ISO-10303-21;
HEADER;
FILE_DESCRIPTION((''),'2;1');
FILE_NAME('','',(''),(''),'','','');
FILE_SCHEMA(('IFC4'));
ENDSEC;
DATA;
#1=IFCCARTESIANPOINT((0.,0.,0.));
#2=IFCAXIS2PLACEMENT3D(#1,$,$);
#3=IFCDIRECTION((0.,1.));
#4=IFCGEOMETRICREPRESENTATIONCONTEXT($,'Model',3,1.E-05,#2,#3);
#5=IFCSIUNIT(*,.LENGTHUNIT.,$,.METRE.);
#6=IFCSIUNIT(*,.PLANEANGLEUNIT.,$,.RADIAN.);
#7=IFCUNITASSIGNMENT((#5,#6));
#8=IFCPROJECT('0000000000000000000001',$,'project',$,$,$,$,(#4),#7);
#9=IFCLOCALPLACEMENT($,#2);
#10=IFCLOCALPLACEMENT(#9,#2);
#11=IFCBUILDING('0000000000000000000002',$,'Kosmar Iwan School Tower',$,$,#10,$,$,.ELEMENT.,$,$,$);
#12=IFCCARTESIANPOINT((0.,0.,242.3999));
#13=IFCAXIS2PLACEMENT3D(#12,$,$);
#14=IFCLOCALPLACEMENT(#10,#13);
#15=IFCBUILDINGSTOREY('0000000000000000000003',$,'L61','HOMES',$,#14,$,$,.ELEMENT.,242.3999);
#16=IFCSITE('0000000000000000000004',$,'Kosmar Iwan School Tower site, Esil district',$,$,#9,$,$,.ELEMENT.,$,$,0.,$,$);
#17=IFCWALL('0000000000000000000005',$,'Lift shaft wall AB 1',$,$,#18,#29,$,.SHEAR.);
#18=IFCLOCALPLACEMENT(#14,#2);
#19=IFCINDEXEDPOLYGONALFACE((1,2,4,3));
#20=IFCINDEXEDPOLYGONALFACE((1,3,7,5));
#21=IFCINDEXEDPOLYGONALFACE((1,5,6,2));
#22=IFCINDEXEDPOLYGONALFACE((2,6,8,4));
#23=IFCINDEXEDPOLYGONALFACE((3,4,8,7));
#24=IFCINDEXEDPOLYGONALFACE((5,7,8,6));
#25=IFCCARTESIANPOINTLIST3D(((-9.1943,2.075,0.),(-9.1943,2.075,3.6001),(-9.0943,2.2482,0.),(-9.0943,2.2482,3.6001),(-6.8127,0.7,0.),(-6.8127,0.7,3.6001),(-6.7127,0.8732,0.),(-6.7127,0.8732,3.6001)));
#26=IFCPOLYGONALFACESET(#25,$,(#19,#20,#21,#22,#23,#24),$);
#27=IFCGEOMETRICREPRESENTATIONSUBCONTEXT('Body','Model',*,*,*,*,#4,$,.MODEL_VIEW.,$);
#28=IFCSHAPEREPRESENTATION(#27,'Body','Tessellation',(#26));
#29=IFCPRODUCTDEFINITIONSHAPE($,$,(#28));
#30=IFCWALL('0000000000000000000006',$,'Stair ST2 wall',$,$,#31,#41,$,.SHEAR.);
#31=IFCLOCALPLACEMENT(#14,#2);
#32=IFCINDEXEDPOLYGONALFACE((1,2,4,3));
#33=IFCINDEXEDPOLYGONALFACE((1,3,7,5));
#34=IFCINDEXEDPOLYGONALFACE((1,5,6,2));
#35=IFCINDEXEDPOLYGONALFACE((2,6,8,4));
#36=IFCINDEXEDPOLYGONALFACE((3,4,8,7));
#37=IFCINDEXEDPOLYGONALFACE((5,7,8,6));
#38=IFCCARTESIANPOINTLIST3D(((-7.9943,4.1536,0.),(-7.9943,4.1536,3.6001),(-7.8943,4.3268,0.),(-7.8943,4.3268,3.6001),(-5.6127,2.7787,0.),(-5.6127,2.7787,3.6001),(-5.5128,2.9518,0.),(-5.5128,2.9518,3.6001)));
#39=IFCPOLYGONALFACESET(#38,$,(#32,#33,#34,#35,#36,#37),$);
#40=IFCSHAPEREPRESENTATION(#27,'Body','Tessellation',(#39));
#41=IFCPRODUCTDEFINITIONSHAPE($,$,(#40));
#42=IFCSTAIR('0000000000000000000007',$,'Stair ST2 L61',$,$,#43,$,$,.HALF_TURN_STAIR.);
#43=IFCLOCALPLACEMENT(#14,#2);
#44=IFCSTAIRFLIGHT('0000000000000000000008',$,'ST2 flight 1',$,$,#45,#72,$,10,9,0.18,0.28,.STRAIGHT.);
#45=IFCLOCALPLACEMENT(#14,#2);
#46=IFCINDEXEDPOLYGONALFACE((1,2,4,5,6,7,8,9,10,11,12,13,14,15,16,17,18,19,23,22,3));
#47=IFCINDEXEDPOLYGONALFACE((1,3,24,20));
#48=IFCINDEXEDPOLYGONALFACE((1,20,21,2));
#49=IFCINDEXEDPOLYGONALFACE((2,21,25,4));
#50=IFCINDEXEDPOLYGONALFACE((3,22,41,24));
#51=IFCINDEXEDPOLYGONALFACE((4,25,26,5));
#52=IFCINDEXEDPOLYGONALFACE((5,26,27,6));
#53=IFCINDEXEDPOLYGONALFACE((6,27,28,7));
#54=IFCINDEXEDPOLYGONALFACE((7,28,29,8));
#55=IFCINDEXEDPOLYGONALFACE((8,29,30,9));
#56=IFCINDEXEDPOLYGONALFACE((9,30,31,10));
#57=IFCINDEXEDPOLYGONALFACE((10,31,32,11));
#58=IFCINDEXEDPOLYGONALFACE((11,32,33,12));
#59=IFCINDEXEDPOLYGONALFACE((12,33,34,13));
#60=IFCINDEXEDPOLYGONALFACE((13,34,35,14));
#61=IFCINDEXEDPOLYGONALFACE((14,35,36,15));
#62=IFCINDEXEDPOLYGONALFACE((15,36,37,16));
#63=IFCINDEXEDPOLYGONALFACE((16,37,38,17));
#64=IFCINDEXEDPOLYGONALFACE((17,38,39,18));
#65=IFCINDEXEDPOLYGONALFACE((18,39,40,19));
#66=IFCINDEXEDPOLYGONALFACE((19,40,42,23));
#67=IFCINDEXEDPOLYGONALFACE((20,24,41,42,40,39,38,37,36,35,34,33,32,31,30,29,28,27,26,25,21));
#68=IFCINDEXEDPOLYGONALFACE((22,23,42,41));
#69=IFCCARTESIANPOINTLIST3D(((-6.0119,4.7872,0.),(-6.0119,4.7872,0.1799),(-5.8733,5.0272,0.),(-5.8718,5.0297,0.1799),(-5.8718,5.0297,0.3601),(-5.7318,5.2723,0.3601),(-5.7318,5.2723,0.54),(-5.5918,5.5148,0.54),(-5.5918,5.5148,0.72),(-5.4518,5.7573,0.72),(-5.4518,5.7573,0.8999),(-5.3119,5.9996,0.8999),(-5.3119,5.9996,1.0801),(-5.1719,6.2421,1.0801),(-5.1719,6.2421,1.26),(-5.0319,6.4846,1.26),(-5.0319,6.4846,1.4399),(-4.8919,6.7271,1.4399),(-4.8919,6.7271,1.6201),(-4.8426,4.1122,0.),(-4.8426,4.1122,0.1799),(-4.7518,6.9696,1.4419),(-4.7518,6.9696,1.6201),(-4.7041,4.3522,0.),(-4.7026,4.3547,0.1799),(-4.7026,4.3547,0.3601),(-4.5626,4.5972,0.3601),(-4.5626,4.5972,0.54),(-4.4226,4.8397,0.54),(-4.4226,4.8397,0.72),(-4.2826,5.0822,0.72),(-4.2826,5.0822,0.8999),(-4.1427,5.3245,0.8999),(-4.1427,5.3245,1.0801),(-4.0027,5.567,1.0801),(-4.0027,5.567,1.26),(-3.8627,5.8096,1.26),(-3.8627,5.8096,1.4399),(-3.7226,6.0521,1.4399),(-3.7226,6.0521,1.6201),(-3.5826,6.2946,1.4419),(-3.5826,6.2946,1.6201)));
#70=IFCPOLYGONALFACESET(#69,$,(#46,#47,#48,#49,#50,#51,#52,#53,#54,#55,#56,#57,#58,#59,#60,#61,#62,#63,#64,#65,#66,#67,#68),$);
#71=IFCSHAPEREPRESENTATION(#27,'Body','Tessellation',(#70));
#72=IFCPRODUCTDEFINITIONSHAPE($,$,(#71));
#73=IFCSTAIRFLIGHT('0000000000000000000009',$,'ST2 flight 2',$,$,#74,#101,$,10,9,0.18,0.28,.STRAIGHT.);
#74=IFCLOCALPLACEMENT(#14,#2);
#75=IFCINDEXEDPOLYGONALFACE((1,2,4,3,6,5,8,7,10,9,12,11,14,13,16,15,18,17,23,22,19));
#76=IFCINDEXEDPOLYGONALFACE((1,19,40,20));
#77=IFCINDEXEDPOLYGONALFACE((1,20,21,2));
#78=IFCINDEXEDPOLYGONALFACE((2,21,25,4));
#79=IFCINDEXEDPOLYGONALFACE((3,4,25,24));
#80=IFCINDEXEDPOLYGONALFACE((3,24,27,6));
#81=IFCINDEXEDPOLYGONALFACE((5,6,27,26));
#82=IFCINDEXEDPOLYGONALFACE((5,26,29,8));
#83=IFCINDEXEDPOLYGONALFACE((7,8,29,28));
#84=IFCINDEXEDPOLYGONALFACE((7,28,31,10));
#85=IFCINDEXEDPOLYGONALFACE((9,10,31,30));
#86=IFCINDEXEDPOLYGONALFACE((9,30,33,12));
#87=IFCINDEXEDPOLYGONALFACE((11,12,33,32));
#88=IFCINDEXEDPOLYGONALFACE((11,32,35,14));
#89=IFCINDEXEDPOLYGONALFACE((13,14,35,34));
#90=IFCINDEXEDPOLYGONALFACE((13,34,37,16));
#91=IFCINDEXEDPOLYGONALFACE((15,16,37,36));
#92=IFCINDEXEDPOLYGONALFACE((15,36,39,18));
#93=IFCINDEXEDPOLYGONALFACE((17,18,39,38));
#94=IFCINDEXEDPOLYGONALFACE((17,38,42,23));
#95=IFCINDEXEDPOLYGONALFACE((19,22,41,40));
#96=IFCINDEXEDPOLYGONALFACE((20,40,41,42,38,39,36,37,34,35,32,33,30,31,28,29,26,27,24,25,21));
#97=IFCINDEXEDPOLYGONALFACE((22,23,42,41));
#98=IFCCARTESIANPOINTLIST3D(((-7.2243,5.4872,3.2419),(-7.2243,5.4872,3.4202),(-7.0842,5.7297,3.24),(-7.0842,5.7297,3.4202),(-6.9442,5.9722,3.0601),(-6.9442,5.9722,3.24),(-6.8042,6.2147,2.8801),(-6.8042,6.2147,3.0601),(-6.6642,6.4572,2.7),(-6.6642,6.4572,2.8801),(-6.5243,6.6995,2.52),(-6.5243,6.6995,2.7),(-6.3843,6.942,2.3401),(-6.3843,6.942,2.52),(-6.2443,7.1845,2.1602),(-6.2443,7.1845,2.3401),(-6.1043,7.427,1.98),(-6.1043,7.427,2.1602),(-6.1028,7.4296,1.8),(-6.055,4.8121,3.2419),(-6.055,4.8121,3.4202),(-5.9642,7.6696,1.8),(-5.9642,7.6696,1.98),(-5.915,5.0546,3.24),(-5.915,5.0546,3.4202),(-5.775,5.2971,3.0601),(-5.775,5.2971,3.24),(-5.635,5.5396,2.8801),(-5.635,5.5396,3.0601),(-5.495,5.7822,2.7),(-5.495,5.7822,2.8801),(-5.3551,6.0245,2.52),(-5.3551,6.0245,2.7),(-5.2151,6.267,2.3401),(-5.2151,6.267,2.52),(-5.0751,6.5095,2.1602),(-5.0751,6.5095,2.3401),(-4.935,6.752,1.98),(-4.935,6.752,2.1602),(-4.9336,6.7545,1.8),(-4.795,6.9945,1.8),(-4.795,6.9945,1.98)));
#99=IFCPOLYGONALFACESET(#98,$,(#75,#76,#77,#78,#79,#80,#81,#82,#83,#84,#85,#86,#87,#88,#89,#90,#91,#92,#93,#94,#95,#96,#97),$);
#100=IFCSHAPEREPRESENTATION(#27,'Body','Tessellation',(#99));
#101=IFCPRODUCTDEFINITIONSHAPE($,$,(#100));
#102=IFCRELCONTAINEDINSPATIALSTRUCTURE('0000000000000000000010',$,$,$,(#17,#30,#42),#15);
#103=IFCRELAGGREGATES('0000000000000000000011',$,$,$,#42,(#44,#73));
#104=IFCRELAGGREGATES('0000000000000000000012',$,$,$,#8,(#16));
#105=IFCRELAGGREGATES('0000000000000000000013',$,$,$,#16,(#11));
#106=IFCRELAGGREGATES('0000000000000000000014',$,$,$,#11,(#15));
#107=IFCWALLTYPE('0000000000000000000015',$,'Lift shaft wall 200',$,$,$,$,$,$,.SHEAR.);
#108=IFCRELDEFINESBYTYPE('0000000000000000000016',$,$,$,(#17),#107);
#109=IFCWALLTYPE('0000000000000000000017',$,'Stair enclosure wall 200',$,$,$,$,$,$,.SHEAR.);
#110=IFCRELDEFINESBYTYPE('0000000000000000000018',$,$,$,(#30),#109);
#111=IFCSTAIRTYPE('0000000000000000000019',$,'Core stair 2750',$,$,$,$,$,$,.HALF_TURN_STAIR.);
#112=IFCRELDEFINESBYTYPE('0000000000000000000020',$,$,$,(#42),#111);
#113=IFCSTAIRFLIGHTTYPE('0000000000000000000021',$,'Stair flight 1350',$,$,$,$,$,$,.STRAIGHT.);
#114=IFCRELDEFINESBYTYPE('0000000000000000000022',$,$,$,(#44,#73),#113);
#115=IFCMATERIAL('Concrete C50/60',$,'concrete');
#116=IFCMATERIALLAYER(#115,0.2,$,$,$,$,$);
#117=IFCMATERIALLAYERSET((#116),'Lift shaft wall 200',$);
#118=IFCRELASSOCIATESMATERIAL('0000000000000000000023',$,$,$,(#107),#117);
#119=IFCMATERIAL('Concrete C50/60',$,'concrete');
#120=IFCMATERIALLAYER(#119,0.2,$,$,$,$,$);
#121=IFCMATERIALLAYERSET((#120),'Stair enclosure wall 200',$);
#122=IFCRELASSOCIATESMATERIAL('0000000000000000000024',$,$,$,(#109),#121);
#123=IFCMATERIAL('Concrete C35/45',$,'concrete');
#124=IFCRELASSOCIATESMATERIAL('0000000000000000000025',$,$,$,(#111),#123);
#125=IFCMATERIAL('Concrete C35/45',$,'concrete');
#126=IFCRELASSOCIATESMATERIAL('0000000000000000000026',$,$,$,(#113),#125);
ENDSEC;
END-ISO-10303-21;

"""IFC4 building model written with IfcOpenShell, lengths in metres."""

from ifc_helpers import new_model, si_unit, direction, frame, frame_2d, origin, place, context, subcontext, project, spatial, polyline, rectangle, outline, extrude, material, layer, layer_set, type_object, element, aggregate, save


model = new_model("IFC4")

# Units and contexts
model_context = context("Model", 3, precision=1e-05, world=origin(), true_north=direction((0.0, 1.0)))
body_context = subcontext(model_context, "Body", "Model", "MODEL_VIEW")
ifc_project = project(units=[si_unit("LENGTHUNIT", "METRE"), si_unit("PLANEANGLEUNIT", "RADIAN")], contexts=[model_context])

# Site, building, storey
site_placement = place(None, origin())
site = spatial("IfcSite", under=ifc_project, at=site_placement, Name="Kosmar Iwan School Tower site, Esil district", CompositionType="ELEMENT", RefElevation=0.0)
building_placement = place(site_placement, origin())
building = spatial("IfcBuilding", under=site, at=building_placement, Name="Kosmar Iwan School Tower", CompositionType="ELEMENT")
storey_placement = place(building_placement, frame((0.0, 0.0, 242.3999)))
storey = spatial("IfcBuildingStorey", under=building, at=storey_placement, Name="L61", Description="HOMES", CompositionType="ELEMENT", Elevation=242.3999)

# Walls
ifc_material_1 = material(Name="Concrete C50/60", Category="concrete")
ifc_layer_1 = layer(ifc_material_1, 0.2)
ifc_layer_set_1 = layer_set([ifc_layer_1], Name="Lift shaft wall 200")
wall_type_1 = type_object("IfcWallType", Name="Lift shaft wall 200", PredefinedType="SHEAR", material=ifc_layer_set_1)
wall_1_placement = place(storey_placement, frame((-6.7627, 0.7866, 0.0), z_axis=(0.0, 0.0, 1.0), x_axis=(-0.866027, 0.499997, 0.0)))
element("IfcWall", 1, at=wall_1_placement, inside=storey, type_object=wall_type_1, Name="Lift shaft wall AB 1", PredefinedType="SHEAR", context=body_context, shape_type="SweptSolid", body=[
    extrude(rectangle(XDim=2.75, YDim=0.2, at=frame_2d((1.375, 0.0))), origin(), (0.0, 0.0, 1.0), 3.6001),
])
ifc_material_2 = material(Name="Concrete C50/60", Category="concrete")
ifc_layer_2 = layer(ifc_material_2, 0.2)
ifc_layer_set_2 = layer_set([ifc_layer_2], Name="Stair enclosure wall 200")
wall_type_2 = type_object("IfcWallType", Name="Stair enclosure wall 200", PredefinedType="SHEAR", material=ifc_layer_set_2)
wall_2_placement = place(storey_placement, frame((-5.5627, 2.8652, 0.0), z_axis=(0.0, 0.0, 1.0), x_axis=(-0.866027, 0.499997, 0.0)))
element("IfcWall", 2, at=wall_2_placement, inside=storey, type_object=wall_type_2, Name="Stair ST2 wall", PredefinedType="SHEAR", context=body_context, shape_type="SweptSolid", body=[
    extrude(rectangle(XDim=2.75, YDim=0.2, at=frame_2d((1.375, 0.0))), origin(), (0.0, 0.0, 1.0), 3.6001),
])

# Stair, stair flights
ifc_material_3 = material(Name="Concrete C35/45", Category="concrete")
stair_type = type_object("IfcStairType", Name="Core stair 2750", PredefinedType="HALF_TURN_STAIR", material=ifc_material_3)
stair_placement = place(storey_placement, origin())
stair = element("IfcStair", 3, at=stair_placement, inside=storey, type_object=stair_type, Name="Stair ST2 L61", PredefinedType="HALF_TURN_STAIR")
ifc_material_4 = material(Name="Concrete C35/45", Category="concrete")
stair_flight_type = type_object("IfcStairFlightType", Name="Stair flight 1350", PredefinedType="STRAIGHT", material=ifc_material_4)
stair_flight_1_placement = place(storey_placement, frame((-5.4272, 4.4497, 0.0), z_axis=(0.0, 0.0, 1.0), x_axis=(0.5, 0.866025, 0.0)))
stair_flight_1 = element("IfcStairFlight", 4, at=stair_flight_1_placement, type_object=stair_flight_type, Name="ST2 flight 1", NumberOfRisers=10, NumberOfTreads=9, PredefinedType="STRAIGHT", RiserHeight=0.18, TreadLength=0.28, context=body_context, shape_type="SweptSolid", body=[
    extrude(outline(polyline([(0.0, 0.0), (0.0, 0.1799), (0.28, 0.1799), (0.28, 0.3601), (0.5601, 0.3601), (0.5601, 0.54), (0.8401, 0.54), (0.8401, 0.72), (1.1201, 0.72), (1.1201, 0.8999), (1.3999, 0.8999), (1.3999, 1.0801), (1.6799, 1.0801), (1.6799, 1.26), (1.96, 1.26), (1.96, 1.4399), (2.24, 1.4399), (2.24, 1.6201), (2.52, 1.6201), (2.52, 1.8), (2.52, 1.4419), (0.2771, 0.0), (0.0, 0.0)])), frame((0.0, 0.675, 0.0), z_axis=(0.0, -1.0, 0.0), x_axis=(1.0, 0.0, 0.0)), (0.0, 0.0, 1.0), 1.3501),
])
stair_flight_2_placement = place(storey_placement, frame((-5.3796, 7.332, 1.8), z_axis=(0.0, 0.0, 1.0), x_axis=(-0.5, -0.866025, 0.0)))
stair_flight_2 = element("IfcStairFlight", 5, at=stair_flight_2_placement, type_object=stair_flight_type, Name="ST2 flight 2", NumberOfRisers=10, NumberOfTreads=9, PredefinedType="STRAIGHT", RiserHeight=0.18, TreadLength=0.28, context=body_context, shape_type="SweptSolid", body=[
    extrude(outline(polyline([(0.0, 0.0), (0.0, 0.1799), (0.28, 0.1799), (0.28, 0.3601), (0.5601, 0.3601), (0.5601, 0.54), (0.8401, 0.54), (0.8401, 0.72), (1.1201, 0.72), (1.1201, 0.8999), (1.3999, 0.8999), (1.3999, 1.0801), (1.6799, 1.0801), (1.6799, 1.26), (1.96, 1.26), (1.96, 1.4399), (2.24, 1.4399), (2.24, 1.6201), (2.52, 1.6201), (2.52, 1.8), (2.52, 1.4419), (0.2771, 0.0), (0.0, 0.0)])), frame((0.0, 0.675, 0.0), z_axis=(0.0, -1.0, 0.0), x_axis=(1.0, 0.0, 0.0)), (0.0, 0.0, 1.0), 1.3501),
])
aggregate(stair, [stair_flight_1, stair_flight_2])

save(model, "model.ifc")
